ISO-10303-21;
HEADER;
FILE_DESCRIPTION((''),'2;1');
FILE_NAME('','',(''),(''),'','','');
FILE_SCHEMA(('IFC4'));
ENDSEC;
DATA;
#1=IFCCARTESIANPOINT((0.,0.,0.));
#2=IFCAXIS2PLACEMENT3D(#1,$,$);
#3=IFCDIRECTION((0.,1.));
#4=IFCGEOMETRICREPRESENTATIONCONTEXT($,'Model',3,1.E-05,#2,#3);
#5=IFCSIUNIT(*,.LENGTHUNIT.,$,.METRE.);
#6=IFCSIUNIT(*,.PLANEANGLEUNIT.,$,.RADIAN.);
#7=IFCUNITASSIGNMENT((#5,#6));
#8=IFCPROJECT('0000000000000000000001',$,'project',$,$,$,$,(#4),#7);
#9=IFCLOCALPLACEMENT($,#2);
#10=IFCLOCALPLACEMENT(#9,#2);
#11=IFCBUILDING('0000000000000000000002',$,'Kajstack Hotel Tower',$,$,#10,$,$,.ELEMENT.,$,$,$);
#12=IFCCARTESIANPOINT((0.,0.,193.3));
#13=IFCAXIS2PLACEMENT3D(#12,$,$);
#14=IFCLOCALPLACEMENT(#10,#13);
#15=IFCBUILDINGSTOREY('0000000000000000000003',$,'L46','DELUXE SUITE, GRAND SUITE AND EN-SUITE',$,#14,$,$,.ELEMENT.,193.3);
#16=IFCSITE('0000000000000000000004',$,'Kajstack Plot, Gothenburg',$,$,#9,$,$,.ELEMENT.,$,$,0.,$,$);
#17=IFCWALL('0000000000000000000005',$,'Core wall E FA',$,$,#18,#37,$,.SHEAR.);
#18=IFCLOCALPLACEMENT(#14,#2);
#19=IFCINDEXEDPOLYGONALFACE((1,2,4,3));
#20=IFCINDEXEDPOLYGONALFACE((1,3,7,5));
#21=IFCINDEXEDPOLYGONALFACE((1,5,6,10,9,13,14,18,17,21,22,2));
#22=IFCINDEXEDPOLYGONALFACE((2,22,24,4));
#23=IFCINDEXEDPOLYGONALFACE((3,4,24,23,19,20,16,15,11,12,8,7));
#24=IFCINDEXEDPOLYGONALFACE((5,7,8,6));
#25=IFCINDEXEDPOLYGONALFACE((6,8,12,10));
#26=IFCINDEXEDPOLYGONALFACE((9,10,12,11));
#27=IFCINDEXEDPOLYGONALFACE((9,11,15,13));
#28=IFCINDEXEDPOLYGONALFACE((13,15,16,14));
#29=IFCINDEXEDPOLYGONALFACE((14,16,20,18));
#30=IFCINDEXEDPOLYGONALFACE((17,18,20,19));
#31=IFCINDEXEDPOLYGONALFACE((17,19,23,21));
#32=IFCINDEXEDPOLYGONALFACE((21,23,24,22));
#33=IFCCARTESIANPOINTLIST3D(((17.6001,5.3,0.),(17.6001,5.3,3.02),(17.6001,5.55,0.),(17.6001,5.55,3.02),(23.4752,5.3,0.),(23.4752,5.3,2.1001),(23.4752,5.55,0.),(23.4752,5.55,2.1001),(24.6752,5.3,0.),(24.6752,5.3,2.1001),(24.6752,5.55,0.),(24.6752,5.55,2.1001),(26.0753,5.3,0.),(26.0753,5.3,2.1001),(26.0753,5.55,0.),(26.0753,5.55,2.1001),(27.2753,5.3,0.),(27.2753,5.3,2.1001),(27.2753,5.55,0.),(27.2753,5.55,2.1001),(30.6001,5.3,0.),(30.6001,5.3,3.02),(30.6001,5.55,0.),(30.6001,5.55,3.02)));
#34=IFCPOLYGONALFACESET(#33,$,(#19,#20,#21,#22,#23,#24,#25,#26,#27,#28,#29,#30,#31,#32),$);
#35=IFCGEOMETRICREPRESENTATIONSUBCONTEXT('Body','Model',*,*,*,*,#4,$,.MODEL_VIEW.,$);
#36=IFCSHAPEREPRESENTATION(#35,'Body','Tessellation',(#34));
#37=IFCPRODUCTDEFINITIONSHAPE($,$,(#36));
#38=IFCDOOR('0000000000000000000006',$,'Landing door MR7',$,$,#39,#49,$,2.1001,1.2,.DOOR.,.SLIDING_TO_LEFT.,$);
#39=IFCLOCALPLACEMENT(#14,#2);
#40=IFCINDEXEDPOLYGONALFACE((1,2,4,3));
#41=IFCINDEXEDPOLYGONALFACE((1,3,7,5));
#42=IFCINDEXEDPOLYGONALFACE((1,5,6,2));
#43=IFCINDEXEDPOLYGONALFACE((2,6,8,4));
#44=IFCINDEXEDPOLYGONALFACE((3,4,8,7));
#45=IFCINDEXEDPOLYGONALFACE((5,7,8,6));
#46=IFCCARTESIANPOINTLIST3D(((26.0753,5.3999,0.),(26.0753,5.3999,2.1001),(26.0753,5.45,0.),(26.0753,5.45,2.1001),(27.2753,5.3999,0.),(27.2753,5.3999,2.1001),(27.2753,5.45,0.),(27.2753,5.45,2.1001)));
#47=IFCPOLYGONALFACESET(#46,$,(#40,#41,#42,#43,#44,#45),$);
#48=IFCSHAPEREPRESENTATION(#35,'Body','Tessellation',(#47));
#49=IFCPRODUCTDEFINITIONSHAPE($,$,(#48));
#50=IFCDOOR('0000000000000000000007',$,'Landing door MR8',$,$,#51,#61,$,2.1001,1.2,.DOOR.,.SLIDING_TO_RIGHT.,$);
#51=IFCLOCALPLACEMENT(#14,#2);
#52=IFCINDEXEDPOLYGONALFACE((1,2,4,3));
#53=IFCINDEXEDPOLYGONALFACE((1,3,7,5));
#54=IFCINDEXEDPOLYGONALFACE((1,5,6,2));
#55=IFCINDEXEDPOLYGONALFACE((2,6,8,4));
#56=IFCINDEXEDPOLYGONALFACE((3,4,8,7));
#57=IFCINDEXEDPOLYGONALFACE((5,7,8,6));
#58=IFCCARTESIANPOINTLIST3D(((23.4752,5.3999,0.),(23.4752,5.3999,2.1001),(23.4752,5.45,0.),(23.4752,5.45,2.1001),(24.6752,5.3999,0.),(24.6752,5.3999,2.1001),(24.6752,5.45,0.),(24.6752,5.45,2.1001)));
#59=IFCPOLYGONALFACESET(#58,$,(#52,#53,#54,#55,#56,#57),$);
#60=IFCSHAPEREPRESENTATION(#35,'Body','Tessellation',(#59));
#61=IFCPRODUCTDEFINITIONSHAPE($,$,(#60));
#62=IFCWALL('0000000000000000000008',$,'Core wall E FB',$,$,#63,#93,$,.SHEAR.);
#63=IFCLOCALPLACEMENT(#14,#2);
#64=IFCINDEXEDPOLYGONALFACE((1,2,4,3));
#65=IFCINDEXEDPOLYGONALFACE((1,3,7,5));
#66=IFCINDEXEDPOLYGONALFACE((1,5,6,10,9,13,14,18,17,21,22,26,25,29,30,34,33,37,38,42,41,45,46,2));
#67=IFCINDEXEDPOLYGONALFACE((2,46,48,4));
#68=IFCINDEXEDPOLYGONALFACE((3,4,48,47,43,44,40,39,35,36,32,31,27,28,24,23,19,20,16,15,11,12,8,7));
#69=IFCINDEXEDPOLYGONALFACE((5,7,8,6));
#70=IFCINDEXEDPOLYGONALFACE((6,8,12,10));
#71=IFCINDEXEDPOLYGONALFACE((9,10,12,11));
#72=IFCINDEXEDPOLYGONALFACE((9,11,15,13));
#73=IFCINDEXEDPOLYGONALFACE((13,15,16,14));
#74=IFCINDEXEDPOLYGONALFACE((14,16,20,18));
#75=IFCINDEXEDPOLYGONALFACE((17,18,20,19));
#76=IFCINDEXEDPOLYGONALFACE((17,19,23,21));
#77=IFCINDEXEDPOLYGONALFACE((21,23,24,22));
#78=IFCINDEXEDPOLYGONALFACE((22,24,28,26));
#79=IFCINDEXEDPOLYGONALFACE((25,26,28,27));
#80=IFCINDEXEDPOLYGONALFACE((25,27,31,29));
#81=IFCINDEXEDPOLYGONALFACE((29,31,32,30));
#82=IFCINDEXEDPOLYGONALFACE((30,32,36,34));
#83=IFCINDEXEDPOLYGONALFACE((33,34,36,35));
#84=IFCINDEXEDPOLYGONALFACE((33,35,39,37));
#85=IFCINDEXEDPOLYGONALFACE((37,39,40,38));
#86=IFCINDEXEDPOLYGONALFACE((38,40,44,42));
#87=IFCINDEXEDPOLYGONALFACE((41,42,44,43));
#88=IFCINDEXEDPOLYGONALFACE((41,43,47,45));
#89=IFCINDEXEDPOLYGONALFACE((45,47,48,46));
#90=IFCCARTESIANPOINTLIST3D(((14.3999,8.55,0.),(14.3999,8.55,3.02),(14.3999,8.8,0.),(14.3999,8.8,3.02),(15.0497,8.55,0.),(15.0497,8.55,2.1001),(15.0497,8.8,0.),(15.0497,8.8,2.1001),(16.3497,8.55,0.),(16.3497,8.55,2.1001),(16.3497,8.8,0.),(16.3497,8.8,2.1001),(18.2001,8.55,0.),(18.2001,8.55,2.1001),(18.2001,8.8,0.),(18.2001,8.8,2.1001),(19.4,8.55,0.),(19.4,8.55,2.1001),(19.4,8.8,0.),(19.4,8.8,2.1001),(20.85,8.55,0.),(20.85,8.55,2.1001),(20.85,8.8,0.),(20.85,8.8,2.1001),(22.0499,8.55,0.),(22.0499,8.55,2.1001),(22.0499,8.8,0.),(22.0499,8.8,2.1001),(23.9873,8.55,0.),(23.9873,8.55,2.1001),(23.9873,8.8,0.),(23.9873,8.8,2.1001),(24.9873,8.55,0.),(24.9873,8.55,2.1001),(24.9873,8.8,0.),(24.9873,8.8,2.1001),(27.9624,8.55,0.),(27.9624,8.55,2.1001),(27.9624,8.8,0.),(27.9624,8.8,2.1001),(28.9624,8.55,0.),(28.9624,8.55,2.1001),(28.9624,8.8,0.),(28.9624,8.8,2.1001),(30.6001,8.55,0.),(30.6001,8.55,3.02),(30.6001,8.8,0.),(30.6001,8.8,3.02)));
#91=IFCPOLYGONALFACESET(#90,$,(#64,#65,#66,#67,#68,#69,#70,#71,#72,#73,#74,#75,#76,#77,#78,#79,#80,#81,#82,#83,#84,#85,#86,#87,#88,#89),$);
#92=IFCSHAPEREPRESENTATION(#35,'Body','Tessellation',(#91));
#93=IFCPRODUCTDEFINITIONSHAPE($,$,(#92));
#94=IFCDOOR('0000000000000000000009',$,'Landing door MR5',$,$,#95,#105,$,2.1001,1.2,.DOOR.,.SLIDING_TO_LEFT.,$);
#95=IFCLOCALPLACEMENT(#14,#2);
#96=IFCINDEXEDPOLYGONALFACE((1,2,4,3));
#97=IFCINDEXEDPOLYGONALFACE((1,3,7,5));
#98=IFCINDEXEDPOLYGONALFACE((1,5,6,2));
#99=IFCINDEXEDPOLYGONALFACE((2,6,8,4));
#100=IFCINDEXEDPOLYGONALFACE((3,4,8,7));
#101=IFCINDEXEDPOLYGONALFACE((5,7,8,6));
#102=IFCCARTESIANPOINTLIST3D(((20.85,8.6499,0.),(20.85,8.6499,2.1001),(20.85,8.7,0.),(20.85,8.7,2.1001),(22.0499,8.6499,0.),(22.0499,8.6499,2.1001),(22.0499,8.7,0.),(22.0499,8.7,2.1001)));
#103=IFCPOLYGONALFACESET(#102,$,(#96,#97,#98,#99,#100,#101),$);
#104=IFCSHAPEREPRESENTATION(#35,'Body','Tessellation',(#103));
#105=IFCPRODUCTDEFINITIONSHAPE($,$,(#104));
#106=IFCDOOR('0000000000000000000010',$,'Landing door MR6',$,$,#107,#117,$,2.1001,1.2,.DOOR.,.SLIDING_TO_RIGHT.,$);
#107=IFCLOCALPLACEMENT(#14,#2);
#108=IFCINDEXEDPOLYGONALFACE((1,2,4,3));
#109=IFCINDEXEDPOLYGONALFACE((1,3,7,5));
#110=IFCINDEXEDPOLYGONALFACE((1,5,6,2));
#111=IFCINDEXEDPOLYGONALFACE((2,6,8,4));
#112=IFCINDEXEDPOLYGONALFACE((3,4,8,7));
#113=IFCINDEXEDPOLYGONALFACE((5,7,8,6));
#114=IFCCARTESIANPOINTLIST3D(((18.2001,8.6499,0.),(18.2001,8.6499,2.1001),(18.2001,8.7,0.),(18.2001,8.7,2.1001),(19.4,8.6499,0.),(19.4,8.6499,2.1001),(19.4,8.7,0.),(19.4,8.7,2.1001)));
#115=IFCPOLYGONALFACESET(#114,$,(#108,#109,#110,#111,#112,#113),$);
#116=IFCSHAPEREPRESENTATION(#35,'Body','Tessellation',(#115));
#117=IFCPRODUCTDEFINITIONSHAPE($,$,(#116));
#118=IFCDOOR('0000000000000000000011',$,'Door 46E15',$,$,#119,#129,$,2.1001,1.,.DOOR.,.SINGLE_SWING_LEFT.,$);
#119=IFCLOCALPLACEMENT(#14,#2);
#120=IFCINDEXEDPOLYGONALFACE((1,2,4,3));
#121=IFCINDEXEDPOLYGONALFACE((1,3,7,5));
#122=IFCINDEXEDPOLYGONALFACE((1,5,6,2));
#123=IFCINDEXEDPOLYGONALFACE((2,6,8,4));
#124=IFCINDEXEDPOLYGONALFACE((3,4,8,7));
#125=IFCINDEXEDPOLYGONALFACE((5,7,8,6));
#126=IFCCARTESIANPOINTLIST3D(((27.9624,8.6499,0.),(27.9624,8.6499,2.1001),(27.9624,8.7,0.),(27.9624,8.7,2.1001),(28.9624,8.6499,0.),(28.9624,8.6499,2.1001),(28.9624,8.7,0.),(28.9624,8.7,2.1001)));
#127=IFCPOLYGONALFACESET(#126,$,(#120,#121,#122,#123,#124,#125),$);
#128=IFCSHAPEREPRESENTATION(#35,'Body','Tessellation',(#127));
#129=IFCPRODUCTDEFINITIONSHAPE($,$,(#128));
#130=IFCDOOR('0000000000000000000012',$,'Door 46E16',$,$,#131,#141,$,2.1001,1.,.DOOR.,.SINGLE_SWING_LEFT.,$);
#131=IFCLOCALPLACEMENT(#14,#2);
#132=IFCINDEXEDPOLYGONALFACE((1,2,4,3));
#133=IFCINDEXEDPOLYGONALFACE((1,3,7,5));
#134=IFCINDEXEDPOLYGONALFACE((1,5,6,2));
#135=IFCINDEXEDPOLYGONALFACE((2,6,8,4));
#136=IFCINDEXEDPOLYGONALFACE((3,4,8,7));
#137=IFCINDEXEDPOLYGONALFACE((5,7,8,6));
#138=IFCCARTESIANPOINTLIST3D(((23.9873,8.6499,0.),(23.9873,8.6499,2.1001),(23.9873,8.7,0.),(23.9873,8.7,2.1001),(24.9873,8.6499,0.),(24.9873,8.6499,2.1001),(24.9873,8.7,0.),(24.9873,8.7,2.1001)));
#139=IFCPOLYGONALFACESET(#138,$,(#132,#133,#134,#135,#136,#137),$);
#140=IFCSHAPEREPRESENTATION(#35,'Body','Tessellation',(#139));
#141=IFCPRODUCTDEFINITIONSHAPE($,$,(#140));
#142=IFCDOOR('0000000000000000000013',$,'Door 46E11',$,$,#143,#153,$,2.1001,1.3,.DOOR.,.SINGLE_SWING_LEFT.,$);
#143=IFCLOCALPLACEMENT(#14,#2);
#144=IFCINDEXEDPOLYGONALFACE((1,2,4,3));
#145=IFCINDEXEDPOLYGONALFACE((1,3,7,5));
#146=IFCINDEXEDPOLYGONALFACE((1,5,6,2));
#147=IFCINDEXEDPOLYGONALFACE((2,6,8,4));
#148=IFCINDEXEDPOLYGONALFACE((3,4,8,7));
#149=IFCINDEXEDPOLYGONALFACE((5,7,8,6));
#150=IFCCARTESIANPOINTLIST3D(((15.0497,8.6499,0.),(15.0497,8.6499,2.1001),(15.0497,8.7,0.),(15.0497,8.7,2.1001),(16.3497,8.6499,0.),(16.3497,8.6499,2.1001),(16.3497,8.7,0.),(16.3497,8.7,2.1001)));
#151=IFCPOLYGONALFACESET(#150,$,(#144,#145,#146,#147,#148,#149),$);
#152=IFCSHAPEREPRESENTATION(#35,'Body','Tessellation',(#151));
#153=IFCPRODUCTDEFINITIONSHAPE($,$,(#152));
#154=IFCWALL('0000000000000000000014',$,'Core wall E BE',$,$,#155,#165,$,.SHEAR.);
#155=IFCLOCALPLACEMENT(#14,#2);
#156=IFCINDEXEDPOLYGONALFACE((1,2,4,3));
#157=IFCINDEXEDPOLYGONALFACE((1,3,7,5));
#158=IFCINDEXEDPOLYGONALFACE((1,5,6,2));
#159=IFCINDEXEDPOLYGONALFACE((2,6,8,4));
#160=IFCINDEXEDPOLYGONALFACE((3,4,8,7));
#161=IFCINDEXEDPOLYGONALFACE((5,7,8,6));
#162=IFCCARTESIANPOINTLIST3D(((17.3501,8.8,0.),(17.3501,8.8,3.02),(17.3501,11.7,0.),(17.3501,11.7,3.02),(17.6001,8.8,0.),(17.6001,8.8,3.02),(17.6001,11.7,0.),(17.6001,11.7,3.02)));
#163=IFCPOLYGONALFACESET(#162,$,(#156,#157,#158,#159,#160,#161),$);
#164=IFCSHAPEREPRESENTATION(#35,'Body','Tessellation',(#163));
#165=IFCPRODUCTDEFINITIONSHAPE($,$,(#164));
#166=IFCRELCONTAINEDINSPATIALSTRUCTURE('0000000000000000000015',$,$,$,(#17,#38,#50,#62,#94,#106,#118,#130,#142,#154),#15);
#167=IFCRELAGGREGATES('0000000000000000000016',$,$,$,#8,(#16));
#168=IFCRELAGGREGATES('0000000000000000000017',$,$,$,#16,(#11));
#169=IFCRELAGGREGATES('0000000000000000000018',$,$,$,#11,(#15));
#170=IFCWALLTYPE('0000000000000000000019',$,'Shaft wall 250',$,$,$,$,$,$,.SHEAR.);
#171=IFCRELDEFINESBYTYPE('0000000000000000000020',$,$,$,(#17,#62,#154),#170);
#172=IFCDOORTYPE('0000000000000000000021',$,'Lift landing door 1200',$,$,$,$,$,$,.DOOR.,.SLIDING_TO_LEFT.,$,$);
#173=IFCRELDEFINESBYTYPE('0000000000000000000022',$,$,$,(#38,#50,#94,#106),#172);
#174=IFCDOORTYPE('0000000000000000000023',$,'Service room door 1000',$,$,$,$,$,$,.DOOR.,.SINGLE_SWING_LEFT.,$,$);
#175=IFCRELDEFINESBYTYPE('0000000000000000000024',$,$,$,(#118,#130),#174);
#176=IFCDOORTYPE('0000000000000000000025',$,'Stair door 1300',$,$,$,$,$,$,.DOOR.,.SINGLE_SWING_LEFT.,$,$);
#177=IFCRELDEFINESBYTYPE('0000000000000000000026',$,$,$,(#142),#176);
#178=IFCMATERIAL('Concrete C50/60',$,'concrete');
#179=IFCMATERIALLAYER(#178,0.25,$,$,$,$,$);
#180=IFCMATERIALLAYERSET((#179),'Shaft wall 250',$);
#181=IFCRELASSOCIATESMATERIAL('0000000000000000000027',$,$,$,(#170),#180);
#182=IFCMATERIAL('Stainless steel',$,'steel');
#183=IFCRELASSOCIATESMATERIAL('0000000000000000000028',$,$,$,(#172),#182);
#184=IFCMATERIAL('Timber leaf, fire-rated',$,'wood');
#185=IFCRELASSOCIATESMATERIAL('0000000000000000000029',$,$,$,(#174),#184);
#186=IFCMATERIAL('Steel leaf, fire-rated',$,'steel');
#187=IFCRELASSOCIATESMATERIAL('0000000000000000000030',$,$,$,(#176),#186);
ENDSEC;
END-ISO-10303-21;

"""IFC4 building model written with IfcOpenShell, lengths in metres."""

from ifc_helpers import new_model, si_unit, direction, frame, frame_2d, origin, place, context, subcontext, project, spatial, rectangle, extrude, material, layer, layer_set, type_object, element, fill, save


model = new_model("IFC4")

# Units and contexts
model_context = context("Model", 3, precision=1e-05, world=origin(), true_north=direction((0.0, 1.0)))
body_context = subcontext(model_context, "Body", "Model", "MODEL_VIEW")
ifc_project = project(units=[si_unit("LENGTHUNIT", "METRE"), si_unit("PLANEANGLEUNIT", "RADIAN")], contexts=[model_context])

# Site, building, storey
site_placement = place(None, origin())
site = spatial("IfcSite", under=ifc_project, at=site_placement, Name="Kajstack Plot, Gothenburg", CompositionType="ELEMENT", RefElevation=0.0)
building_placement = place(site_placement, origin())
building = spatial("IfcBuilding", under=site, at=building_placement, Name="Kajstack Hotel Tower", CompositionType="ELEMENT")
storey_placement = place(building_placement, frame((0.0, 0.0, 193.3)))
storey = spatial("IfcBuildingStorey", under=building, at=storey_placement, Name="L46", Description="DELUXE SUITE, GRAND SUITE AND EN-SUITE", CompositionType="ELEMENT", Elevation=193.3)

# Walls, openings, doors
ifc_material_1 = material(Name="Concrete C50/60", Category="concrete")
ifc_layer_1 = layer(ifc_material_1, 0.25)
ifc_layer_set_1 = layer_set([ifc_layer_1], Name="Shaft wall 250")
wall_type_1 = type_object("IfcWallType", Name="Shaft wall 250", PredefinedType="SHEAR", material=ifc_layer_set_1)
wall_1_placement = place(storey_placement, frame((17.6001, 5.425, 0.0), z_axis=(0.0, 0.0, 1.0), x_axis=(1.0, 0.0, 0.0)))
wall_1 = element("IfcWall", 1, at=wall_1_placement, inside=storey, type_object=wall_type_1, Name="Core wall E FA", PredefinedType="SHEAR", context=body_context, shape_type="SweptSolid", body=[
    extrude(rectangle(XDim=13.0, YDim=0.25, at=frame_2d((6.5, 0.0))), origin(), (0.0, 0.0, 1.0), 3.02),
])
opening_1_placement = place(wall_1_placement, frame((8.4751, 0.0, 0.0)))
opening_1 = element("IfcOpeningElement", 2, at=opening_1_placement, cuts=wall_1, PredefinedType="OPENING", context=body_context, shape_type="SweptSolid", body=[
    extrude(rectangle(XDim=1.2, YDim=2.1001, at=frame_2d((0.6001, 1.05))), frame((0.0, 0.135, 0.0), z_axis=(0.0, -1.0, 0.0), x_axis=(1.0, 0.0, 0.0)), (0.0, 0.0, 1.0), 0.27),
])
opening_2_placement = place(wall_1_placement, frame((5.875, 0.0, 0.0)))
opening_2 = element("IfcOpeningElement", 3, at=opening_2_placement, cuts=wall_1, PredefinedType="OPENING", context=body_context, shape_type="SweptSolid", body=[
    extrude(rectangle(XDim=1.2, YDim=2.1001, at=frame_2d((0.6001, 1.05))), frame((0.0, 0.135, 0.0), z_axis=(0.0, -1.0, 0.0), x_axis=(1.0, 0.0, 0.0)), (0.0, 0.0, 1.0), 0.27),
])
ifc_material_2 = material(Name="Stainless steel", Category="steel")
door_type_1 = type_object("IfcDoorType", Name="Lift landing door 1200", OperationType="SLIDING_TO_LEFT", PredefinedType="DOOR", material=ifc_material_2)
door_1_placement = place(opening_1_placement, origin())
door_1 = element("IfcDoor", 4, at=door_1_placement, inside=storey, type_object=door_type_1, Name="Landing door MR7", OperationType="SLIDING_TO_LEFT", OverallHeight=2.1001, OverallWidth=1.2, PredefinedType="DOOR", context=body_context, shape_type="SweptSolid", body=[
    extrude(rectangle(XDim=1.2, YDim=2.1001, at=frame_2d((0.6001, 1.05))), frame((0.0, 0.0249, 0.0), z_axis=(0.0, -1.0, 0.0), x_axis=(1.0, 0.0, 0.0)), (0.0, 0.0, 1.0), 0.05),
])
fill(opening_1, door_1)
door_2_placement = place(opening_2_placement, origin())
door_2 = element("IfcDoor", 5, at=door_2_placement, inside=storey, type_object=door_type_1, Name="Landing door MR8", OperationType="SLIDING_TO_RIGHT", OverallHeight=2.1001, OverallWidth=1.2, PredefinedType="DOOR", context=body_context, shape_type="SweptSolid", body=[
    extrude(rectangle(XDim=1.2, YDim=2.1001, at=frame_2d((0.6001, 1.05))), frame((0.0, 0.0249, 0.0), z_axis=(0.0, -1.0, 0.0), x_axis=(1.0, 0.0, 0.0)), (0.0, 0.0, 1.0), 0.05),
])
fill(opening_2, door_2)
wall_2_placement = place(storey_placement, frame((14.3999, 8.675, 0.0), z_axis=(0.0, 0.0, 1.0), x_axis=(1.0, 0.0, 0.0)))
wall_2 = element("IfcWall", 6, at=wall_2_placement, inside=storey, type_object=wall_type_1, Name="Core wall E FB", PredefinedType="SHEAR", context=body_context, shape_type="SweptSolid", body=[
    extrude(rectangle(XDim=16.2002, YDim=0.25, at=frame_2d((8.1001, 0.0))), origin(), (0.0, 0.0, 1.0), 3.02),
])
opening_3_placement = place(wall_2_placement, frame((6.45, 0.0, 0.0)))
opening_3 = element("IfcOpeningElement", 7, at=opening_3_placement, cuts=wall_2, PredefinedType="OPENING", context=body_context, shape_type="SweptSolid", body=[
    extrude(rectangle(XDim=1.2, YDim=2.1001, at=frame_2d((0.6001, 1.05))), frame((0.0, 0.135, 0.0), z_axis=(0.0, -1.0, 0.0), x_axis=(1.0, 0.0, 0.0)), (0.0, 0.0, 1.0), 0.27),
])
opening_4_placement = place(wall_2_placement, frame((3.8, 0.0, 0.0)))
opening_4 = element("IfcOpeningElement", 8, at=opening_4_placement, cuts=wall_2, PredefinedType="OPENING", context=body_context, shape_type="SweptSolid", body=[
    extrude(rectangle(XDim=1.2, YDim=2.1001, at=frame_2d((0.6001, 1.05))), frame((0.0, 0.135, 0.0), z_axis=(0.0, -1.0, 0.0), x_axis=(1.0, 0.0, 0.0)), (0.0, 0.0, 1.0), 0.27),
])
opening_5_placement = place(wall_2_placement, frame((0.6499, 0.0, 0.0)))
opening_5 = element("IfcOpeningElement", 9, at=opening_5_placement, cuts=wall_2, PredefinedType="OPENING", context=body_context, shape_type="SweptSolid", body=[
    extrude(rectangle(XDim=1.3, YDim=2.1001, at=frame_2d((0.6499, 1.05))), frame((0.0, 0.135, 0.0), z_axis=(0.0, -1.0, 0.0), x_axis=(1.0, 0.0, 0.0)), (0.0, 0.0, 1.0), 0.27),
])
opening_6_placement = place(wall_2_placement, frame((13.5625, 0.0, 0.0)))
opening_6 = element("IfcOpeningElement", 10, at=opening_6_placement, cuts=wall_2, PredefinedType="OPENING", context=body_context, shape_type="SweptSolid", body=[
    extrude(rectangle(XDim=1.0, YDim=2.1001, at=frame_2d((0.5, 1.05))), frame((0.0, 0.135, 0.0), z_axis=(0.0, -1.0, 0.0), x_axis=(1.0, 0.0, 0.0)), (0.0, 0.0, 1.0), 0.27),
])
opening_7_placement = place(wall_2_placement, frame((9.5874, 0.0, 0.0)))
opening_7 = element("IfcOpeningElement", 11, at=opening_7_placement, cuts=wall_2, PredefinedType="OPENING", context=body_context, shape_type="SweptSolid", body=[
    extrude(rectangle(XDim=1.0, YDim=2.1001, at=frame_2d((0.5, 1.05))), frame((0.0, 0.135, 0.0), z_axis=(0.0, -1.0, 0.0), x_axis=(1.0, 0.0, 0.0)), (0.0, 0.0, 1.0), 0.27),
])
door_3_placement = place(opening_3_placement, origin())
door_3 = element("IfcDoor", 12, at=door_3_placement, inside=storey, type_object=door_type_1, Name="Landing door MR5", OperationType="SLIDING_TO_LEFT", OverallHeight=2.1001, OverallWidth=1.2, PredefinedType="DOOR", context=body_context, shape_type="SweptSolid", body=[
    extrude(rectangle(XDim=1.2, YDim=2.1001, at=frame_2d((0.6001, 1.05))), frame((0.0, 0.0249, 0.0), z_axis=(0.0, -1.0, 0.0), x_axis=(1.0, 0.0, 0.0)), (0.0, 0.0, 1.0), 0.05),
])
fill(opening_3, door_3)
door_4_placement = place(opening_4_placement, origin())
door_4 = element("IfcDoor", 13, at=door_4_placement, inside=storey, type_object=door_type_1, Name="Landing door MR6", OperationType="SLIDING_TO_RIGHT", OverallHeight=2.1001, OverallWidth=1.2, PredefinedType="DOOR", context=body_context, shape_type="SweptSolid", body=[
    extrude(rectangle(XDim=1.2, YDim=2.1001, at=frame_2d((0.6001, 1.05))), frame((0.0, 0.0249, 0.0), z_axis=(0.0, -1.0, 0.0), x_axis=(1.0, 0.0, 0.0)), (0.0, 0.0, 1.0), 0.05),
])
fill(opening_4, door_4)
ifc_material_3 = material(Name="Timber leaf, fire-rated", Category="wood")
door_type_2 = type_object("IfcDoorType", Name="Service room door 1000", OperationType="SINGLE_SWING_LEFT", PredefinedType="DOOR", material=ifc_material_3)
door_5_placement = place(opening_6_placement, origin())
door_5 = element("IfcDoor", 14, at=door_5_placement, inside=storey, type_object=door_type_2, Name="Door 46E15", OperationType="SINGLE_SWING_LEFT", OverallHeight=2.1001, OverallWidth=1.0, PredefinedType="DOOR", context=body_context, shape_type="SweptSolid", body=[
    extrude(rectangle(XDim=1.0, YDim=2.1001, at=frame_2d((0.5, 1.05))), frame((0.0, 0.0249, 0.0), z_axis=(0.0, -1.0, 0.0), x_axis=(1.0, 0.0, 0.0)), (0.0, 0.0, 1.0), 0.05),
])
fill(opening_6, door_5)
door_6_placement = place(opening_7_placement, origin())
door_6 = element("IfcDoor", 15, at=door_6_placement, inside=storey, type_object=door_type_2, Name="Door 46E16", OperationType="SINGLE_SWING_LEFT", OverallHeight=2.1001, OverallWidth=1.0, PredefinedType="DOOR", context=body_context, shape_type="SweptSolid", body=[
    extrude(rectangle(XDim=1.0, YDim=2.1001, at=frame_2d((0.5, 1.05))), frame((0.0, 0.0249, 0.0), z_axis=(0.0, -1.0, 0.0), x_axis=(1.0, 0.0, 0.0)), (0.0, 0.0, 1.0), 0.05),
])
fill(opening_7, door_6)
ifc_material_4 = material(Name="Steel leaf, fire-rated", Category="steel")
door_type_3 = type_object("IfcDoorType", Name="Stair door 1300", OperationType="SINGLE_SWING_LEFT", PredefinedType="DOOR", material=ifc_material_4)
door_7_placement = place(opening_5_placement, origin())
door_7 = element("IfcDoor", 16, at=door_7_placement, inside=storey, type_object=door_type_3, Name="Door 46E11", OperationType="SINGLE_SWING_LEFT", OverallHeight=2.1001, OverallWidth=1.3, PredefinedType="DOOR", context=body_context, shape_type="SweptSolid", body=[
    extrude(rectangle(XDim=1.3, YDim=2.1001, at=frame_2d((0.6499, 1.05))), frame((0.0, 0.0249, 0.0), z_axis=(0.0, -1.0, 0.0), x_axis=(1.0, 0.0, 0.0)), (0.0, 0.0, 1.0), 0.05),
])
fill(opening_5, door_7)

# Wall
wall_3_placement = place(storey_placement, frame((17.4751, 8.8, 0.0), z_axis=(0.0, 0.0, 1.0), x_axis=(0.0, 1.0, 0.0)))
element("IfcWall", 17, at=wall_3_placement, inside=storey, type_object=wall_type_1, Name="Core wall E BE", PredefinedType="SHEAR", context=body_context, shape_type="SweptSolid", body=[
    extrude(rectangle(XDim=2.8999, YDim=0.25, at=frame_2d((1.45, 0.0))), origin(), (0.0, 0.0, 1.0), 3.02),
])

save(model, "model.ifc")
